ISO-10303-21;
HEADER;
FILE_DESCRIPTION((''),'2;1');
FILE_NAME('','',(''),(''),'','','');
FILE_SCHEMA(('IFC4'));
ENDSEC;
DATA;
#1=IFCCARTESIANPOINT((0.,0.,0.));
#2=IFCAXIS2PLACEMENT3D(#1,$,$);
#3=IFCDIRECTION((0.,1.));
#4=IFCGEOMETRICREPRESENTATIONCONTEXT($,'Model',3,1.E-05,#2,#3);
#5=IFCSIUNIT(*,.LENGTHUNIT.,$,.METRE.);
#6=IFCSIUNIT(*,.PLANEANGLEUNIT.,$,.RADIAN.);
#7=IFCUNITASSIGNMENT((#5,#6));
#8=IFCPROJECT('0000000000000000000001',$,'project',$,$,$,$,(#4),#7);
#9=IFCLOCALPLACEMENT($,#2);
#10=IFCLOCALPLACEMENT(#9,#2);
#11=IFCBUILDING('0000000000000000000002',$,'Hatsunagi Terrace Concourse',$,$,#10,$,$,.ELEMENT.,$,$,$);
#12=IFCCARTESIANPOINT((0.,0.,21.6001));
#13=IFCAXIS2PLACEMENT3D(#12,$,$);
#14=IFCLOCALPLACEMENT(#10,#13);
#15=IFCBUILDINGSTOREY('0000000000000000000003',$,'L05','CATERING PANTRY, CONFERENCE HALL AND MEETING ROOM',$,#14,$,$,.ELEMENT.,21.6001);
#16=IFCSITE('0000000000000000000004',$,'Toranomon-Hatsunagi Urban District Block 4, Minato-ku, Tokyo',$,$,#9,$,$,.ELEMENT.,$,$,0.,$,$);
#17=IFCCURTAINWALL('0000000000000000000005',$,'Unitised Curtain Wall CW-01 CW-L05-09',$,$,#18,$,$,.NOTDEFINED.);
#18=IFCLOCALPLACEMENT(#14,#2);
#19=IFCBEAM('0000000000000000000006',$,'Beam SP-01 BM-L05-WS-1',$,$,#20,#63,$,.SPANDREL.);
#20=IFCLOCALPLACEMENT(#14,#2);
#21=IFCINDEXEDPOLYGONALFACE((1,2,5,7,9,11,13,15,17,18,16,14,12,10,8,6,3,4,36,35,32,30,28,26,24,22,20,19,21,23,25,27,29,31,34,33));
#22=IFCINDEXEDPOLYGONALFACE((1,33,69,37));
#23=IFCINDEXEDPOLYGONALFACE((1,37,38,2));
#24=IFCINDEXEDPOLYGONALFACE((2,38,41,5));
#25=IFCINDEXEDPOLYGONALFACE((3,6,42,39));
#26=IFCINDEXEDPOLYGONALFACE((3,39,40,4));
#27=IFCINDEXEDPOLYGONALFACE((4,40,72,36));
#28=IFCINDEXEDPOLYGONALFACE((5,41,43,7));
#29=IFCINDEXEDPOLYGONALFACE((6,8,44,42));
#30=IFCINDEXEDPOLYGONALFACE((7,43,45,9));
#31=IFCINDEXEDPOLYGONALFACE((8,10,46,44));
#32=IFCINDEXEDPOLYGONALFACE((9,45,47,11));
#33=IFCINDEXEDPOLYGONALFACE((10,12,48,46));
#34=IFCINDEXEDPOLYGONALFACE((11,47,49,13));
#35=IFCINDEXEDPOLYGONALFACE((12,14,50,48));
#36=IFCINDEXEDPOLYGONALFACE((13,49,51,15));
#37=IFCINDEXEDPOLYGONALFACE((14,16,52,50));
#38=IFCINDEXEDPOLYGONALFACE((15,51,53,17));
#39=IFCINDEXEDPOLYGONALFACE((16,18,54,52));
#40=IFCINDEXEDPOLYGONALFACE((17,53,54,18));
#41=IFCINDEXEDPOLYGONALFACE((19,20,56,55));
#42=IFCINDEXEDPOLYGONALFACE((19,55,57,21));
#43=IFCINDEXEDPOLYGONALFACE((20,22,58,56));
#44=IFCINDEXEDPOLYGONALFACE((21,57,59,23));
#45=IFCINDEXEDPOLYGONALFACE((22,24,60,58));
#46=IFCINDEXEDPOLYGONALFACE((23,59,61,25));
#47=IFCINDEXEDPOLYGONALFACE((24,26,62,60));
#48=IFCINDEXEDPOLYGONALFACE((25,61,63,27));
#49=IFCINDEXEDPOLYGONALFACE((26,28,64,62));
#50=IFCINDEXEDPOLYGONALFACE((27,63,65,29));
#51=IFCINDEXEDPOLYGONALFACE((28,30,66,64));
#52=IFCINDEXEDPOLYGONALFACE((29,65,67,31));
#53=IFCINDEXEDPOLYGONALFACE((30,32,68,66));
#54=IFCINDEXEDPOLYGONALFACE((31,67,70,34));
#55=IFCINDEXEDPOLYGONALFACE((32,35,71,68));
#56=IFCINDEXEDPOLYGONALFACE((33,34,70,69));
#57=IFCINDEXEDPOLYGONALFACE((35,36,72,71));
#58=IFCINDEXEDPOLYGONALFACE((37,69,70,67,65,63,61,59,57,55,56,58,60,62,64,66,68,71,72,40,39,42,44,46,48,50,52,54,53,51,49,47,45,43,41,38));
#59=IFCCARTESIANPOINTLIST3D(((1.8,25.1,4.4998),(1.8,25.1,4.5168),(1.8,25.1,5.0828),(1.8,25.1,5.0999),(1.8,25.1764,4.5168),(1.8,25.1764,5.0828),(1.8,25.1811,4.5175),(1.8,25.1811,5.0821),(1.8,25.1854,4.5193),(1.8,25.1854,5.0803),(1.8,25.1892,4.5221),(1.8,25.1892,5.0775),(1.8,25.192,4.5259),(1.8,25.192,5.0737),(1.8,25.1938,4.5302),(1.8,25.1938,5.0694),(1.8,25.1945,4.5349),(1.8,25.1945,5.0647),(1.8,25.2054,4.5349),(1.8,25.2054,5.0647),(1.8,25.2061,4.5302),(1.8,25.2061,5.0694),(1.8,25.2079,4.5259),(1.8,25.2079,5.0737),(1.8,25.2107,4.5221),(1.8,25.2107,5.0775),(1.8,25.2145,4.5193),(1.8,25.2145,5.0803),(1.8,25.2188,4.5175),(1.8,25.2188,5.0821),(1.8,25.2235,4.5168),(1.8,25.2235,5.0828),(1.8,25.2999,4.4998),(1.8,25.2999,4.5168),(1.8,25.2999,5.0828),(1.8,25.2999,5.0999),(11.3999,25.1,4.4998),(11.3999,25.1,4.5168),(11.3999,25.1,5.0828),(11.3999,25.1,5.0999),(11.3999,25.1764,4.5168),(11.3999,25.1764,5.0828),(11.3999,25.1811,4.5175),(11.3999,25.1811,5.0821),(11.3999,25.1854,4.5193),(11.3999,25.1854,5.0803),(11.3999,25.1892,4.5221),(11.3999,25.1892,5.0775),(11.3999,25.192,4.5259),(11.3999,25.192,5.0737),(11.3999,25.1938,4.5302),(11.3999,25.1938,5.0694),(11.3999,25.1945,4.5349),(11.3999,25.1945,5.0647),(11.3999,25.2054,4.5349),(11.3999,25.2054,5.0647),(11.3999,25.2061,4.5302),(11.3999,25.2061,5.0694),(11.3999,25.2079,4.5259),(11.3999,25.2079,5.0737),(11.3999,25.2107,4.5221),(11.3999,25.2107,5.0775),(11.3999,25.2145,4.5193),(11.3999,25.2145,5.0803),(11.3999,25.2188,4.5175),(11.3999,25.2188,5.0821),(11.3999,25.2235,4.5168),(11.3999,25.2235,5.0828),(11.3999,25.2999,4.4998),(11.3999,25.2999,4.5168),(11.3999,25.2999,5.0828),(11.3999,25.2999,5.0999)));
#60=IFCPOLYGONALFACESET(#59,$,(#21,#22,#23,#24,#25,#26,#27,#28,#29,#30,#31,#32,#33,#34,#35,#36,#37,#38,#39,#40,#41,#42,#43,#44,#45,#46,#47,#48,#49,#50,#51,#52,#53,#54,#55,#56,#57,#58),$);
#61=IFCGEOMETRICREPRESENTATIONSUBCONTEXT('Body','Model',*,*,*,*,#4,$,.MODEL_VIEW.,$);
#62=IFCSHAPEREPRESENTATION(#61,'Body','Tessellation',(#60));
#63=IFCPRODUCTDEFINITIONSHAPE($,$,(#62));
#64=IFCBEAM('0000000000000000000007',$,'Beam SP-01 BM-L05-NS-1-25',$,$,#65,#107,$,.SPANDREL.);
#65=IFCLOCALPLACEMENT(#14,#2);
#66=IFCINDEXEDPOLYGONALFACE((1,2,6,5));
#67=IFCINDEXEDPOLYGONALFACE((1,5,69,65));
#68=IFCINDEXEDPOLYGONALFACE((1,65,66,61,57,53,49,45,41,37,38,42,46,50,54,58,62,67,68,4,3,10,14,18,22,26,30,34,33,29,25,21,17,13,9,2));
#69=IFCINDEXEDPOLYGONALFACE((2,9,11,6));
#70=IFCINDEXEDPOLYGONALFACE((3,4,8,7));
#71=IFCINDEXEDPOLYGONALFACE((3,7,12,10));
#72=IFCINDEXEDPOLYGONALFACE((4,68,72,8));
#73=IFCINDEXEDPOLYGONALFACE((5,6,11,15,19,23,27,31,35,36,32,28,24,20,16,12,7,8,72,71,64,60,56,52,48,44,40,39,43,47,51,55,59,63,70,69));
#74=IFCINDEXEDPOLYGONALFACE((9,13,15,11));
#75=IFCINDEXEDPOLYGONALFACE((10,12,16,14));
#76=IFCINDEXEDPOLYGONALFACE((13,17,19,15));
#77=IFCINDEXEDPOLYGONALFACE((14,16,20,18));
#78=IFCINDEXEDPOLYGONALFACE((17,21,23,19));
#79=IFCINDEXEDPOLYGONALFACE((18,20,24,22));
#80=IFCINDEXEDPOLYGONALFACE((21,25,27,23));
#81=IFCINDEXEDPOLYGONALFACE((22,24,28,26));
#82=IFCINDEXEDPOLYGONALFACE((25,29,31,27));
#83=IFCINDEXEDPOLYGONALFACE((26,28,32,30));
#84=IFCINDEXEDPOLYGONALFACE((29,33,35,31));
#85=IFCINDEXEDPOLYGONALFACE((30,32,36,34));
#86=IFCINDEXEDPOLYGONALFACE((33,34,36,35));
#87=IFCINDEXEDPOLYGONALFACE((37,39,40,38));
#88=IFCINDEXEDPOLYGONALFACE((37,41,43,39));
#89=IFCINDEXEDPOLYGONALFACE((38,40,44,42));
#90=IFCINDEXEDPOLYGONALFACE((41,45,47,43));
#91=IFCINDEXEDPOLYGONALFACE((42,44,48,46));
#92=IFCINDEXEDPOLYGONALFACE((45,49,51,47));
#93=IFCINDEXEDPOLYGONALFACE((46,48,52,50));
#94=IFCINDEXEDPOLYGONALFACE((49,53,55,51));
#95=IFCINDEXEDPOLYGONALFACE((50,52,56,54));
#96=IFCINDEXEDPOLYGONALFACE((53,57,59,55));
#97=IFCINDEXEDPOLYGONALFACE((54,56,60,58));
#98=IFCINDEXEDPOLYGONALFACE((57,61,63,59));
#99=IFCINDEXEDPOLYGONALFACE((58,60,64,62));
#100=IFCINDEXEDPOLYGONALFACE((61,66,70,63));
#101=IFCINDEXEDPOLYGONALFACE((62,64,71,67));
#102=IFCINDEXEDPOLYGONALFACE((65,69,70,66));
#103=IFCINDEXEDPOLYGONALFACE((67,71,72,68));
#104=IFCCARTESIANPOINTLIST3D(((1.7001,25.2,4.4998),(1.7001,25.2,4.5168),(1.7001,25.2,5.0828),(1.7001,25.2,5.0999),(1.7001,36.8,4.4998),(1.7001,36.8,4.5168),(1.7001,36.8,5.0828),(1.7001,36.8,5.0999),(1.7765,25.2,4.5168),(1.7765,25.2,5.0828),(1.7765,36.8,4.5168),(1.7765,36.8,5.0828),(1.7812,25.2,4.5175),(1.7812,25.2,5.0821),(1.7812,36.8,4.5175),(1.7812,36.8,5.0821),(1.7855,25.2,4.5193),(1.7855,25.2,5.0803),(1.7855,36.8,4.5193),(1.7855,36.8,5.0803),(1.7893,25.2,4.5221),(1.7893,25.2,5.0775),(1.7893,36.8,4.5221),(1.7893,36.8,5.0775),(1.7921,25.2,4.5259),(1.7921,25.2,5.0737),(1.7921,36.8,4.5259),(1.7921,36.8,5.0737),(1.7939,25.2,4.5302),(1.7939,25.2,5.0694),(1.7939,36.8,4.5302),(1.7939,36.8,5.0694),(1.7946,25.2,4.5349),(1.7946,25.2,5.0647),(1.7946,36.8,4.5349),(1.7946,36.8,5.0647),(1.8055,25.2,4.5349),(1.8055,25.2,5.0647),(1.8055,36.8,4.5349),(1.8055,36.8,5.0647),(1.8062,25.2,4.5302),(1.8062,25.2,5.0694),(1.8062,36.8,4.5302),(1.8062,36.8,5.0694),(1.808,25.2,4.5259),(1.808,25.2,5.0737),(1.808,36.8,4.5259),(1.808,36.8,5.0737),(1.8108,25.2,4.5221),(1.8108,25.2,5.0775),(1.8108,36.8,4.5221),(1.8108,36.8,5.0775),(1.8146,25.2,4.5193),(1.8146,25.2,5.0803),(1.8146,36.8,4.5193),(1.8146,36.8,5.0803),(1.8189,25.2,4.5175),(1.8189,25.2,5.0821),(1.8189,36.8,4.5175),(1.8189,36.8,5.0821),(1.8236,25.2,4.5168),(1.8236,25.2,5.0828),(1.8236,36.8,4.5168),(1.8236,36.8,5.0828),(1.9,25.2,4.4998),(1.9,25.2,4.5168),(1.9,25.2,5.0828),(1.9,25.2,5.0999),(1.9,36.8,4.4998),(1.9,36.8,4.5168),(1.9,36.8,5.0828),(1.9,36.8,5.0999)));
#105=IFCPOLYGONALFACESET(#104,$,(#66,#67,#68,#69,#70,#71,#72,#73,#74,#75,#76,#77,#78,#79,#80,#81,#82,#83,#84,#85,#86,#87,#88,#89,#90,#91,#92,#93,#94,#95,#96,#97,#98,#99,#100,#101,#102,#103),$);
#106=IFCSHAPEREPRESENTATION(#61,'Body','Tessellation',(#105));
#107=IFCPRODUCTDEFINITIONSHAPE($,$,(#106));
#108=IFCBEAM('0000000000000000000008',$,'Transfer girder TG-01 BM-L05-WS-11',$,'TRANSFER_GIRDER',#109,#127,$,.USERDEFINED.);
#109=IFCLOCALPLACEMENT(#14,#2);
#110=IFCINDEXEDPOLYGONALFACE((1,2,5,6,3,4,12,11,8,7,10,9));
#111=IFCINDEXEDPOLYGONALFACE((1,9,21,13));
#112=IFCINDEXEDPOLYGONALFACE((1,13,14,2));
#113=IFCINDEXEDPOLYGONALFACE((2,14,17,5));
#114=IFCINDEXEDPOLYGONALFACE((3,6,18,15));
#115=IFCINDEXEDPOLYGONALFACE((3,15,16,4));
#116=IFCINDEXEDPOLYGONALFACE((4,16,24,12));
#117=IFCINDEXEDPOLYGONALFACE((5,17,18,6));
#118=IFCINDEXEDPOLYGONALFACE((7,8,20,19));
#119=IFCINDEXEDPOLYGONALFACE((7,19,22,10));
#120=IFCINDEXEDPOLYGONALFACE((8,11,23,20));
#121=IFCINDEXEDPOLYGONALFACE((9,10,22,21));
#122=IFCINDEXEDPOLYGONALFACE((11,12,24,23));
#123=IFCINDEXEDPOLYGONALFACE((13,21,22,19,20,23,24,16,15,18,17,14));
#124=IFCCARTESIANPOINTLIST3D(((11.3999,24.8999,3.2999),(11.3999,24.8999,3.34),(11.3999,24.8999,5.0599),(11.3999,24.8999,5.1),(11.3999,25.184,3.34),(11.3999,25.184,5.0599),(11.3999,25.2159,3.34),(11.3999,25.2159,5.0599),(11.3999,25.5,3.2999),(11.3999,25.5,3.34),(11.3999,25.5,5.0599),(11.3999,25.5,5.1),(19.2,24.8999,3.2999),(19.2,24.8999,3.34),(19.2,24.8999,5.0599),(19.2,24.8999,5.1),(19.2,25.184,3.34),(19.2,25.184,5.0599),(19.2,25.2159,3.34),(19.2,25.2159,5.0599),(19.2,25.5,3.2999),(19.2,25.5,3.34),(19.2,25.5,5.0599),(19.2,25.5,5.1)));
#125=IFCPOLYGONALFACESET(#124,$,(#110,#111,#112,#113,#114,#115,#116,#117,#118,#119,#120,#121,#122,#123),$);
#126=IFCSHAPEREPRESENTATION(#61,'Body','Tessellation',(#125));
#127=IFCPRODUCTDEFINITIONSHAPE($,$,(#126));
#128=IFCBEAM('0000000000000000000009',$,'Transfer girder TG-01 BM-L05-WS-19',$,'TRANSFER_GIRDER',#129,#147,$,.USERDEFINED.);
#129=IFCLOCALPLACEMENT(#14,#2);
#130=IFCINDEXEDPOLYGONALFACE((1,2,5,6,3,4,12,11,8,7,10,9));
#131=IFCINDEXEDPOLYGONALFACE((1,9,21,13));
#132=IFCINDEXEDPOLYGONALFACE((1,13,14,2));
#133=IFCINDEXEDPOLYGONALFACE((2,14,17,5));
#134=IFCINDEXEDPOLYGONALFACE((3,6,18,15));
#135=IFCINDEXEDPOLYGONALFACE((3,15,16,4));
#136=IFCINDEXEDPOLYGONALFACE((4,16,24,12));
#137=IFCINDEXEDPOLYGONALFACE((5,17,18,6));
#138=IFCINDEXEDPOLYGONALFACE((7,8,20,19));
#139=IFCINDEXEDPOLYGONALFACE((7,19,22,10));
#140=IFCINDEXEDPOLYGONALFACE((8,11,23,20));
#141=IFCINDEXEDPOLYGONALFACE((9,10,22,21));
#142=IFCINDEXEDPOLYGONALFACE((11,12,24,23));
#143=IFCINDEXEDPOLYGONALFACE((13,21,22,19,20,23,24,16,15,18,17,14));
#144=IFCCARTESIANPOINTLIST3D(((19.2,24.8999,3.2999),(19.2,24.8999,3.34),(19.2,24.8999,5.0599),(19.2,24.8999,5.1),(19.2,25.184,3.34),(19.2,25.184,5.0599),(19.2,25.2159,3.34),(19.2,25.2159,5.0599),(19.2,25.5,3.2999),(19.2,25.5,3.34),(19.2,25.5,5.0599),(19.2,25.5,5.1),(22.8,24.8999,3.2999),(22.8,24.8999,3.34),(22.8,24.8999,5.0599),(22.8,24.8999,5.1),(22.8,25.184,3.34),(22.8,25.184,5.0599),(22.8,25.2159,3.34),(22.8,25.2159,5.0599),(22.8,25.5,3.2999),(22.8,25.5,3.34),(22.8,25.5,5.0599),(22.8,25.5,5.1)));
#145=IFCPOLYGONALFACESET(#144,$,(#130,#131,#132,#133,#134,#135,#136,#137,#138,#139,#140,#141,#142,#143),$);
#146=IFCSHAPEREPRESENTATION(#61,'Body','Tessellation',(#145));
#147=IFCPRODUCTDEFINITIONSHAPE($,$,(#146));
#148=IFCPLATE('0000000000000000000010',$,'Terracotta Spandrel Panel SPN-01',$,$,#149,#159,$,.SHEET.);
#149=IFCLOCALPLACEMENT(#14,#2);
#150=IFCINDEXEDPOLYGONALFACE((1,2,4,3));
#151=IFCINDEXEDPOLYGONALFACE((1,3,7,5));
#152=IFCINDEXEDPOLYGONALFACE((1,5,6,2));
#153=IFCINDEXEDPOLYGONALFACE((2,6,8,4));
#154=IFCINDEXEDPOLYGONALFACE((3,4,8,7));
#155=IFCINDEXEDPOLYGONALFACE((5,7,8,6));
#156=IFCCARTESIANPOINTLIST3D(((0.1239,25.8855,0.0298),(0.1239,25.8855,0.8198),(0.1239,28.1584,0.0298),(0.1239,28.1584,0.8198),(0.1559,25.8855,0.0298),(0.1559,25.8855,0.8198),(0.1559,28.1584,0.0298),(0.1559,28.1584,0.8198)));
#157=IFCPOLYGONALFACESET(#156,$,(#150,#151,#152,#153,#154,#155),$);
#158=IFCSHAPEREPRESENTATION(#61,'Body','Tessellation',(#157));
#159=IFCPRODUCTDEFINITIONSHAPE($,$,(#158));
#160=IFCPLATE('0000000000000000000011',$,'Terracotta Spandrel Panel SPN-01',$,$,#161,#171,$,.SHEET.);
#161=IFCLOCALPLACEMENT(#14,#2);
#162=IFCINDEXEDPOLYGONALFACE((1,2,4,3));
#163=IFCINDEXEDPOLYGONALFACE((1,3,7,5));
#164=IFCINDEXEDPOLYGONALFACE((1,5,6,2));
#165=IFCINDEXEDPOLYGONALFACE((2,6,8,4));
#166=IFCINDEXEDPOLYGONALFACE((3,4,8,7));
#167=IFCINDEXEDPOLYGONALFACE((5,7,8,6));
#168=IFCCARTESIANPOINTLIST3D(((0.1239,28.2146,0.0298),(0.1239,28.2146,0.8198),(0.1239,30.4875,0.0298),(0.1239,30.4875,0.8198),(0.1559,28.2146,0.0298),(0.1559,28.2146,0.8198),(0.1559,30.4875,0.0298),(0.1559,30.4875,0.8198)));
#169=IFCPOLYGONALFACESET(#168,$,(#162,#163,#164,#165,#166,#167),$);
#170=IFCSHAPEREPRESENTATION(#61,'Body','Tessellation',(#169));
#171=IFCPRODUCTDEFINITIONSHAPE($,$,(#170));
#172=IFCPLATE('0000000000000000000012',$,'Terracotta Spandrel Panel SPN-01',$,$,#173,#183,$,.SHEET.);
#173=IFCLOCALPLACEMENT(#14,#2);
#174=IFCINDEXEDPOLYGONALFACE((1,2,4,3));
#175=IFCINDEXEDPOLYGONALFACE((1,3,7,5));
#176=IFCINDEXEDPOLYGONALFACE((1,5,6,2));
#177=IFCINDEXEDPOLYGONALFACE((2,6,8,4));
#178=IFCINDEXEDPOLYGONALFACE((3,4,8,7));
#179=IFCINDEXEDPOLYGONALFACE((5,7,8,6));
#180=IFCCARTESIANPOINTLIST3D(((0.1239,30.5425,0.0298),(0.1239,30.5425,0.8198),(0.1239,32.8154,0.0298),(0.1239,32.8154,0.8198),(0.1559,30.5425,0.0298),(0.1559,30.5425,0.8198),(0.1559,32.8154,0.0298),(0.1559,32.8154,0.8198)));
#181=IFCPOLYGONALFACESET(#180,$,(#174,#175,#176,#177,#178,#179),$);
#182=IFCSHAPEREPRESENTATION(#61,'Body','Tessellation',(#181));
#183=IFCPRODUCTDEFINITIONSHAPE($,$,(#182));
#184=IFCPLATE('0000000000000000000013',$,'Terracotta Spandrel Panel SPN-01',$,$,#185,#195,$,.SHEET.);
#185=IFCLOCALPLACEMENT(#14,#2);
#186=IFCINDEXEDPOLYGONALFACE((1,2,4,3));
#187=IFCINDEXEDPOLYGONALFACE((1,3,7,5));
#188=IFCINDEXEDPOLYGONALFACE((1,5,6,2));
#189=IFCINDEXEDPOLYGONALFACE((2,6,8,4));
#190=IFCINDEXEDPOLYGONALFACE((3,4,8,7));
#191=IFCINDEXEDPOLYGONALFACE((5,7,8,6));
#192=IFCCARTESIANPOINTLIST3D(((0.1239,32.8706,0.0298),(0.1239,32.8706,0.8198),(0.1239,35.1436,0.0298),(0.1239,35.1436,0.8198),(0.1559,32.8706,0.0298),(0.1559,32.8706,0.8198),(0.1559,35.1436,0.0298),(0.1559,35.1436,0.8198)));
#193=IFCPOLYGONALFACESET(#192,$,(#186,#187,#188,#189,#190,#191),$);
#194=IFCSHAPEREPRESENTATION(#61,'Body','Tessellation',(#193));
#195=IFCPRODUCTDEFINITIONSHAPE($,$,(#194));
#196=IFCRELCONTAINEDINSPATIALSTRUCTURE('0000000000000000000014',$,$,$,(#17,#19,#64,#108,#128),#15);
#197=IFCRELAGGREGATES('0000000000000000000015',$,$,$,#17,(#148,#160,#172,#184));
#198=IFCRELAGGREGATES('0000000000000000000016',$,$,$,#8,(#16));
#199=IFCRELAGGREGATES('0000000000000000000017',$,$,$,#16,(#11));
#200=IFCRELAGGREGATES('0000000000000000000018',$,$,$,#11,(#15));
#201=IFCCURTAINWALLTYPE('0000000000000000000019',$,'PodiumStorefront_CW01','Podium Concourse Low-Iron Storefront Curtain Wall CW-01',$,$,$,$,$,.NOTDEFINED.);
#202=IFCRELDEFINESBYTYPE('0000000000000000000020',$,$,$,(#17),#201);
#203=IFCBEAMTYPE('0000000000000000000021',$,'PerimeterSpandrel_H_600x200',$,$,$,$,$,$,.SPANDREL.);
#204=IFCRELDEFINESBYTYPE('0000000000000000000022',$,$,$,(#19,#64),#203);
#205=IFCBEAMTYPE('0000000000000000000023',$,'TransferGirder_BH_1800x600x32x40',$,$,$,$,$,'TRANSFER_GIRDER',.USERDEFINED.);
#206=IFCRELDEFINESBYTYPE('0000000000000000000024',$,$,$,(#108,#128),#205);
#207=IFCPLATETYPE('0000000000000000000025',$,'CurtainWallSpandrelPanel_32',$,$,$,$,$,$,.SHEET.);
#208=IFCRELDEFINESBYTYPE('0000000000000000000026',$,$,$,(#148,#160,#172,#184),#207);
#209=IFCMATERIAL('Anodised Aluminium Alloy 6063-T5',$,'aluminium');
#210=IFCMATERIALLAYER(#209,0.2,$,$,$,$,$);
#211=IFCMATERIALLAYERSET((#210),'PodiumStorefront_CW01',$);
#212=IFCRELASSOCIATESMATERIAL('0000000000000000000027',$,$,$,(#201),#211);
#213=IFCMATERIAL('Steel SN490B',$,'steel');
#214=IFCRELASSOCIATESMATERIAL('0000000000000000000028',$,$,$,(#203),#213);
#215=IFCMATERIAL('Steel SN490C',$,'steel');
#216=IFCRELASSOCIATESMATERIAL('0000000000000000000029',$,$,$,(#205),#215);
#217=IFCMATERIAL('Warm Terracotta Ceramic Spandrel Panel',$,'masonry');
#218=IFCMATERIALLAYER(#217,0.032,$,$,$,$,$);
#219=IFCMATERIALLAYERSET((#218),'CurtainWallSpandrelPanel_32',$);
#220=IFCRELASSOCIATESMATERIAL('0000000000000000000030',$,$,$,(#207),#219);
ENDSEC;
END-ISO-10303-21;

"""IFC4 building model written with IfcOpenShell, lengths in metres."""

from ifc_helpers import new_model, si_unit, direction, frame, origin, origin_2d, place, context, subcontext, project, spatial, rectangle, i_section, extrude, material, layer, layer_set, material_profile, profile_set, type_object, element, aggregate, save


model = new_model("IFC4")

# Units and contexts
model_context = context("Model", 3, precision=1e-05, world=origin(), true_north=direction((0.0, 1.0)))
body_context = subcontext(model_context, "Body", "Model", "MODEL_VIEW")
ifc_project = project(units=[si_unit("LENGTHUNIT", "METRE"), si_unit("PLANEANGLEUNIT", "RADIAN")], contexts=[model_context])

# Site, building, storey
site_placement = place(None, origin())
site = spatial("IfcSite", under=ifc_project, at=site_placement, Name="Toranomon-Hatsunagi Urban District Block 4, Minato-ku, Tokyo", CompositionType="ELEMENT", RefElevation=0.0)
building_placement = place(site_placement, origin())
building = spatial("IfcBuilding", under=site, at=building_placement, Name="Hatsunagi Terrace Concourse", CompositionType="ELEMENT")
storey_placement = place(building_placement, frame((0.0, 0.0, 21.6001)))
storey = spatial("IfcBuildingStorey", under=building, at=storey_placement, Name="L05", Description="CATERING PANTRY, CONFERENCE HALL AND MEETING ROOM", CompositionType="ELEMENT", Elevation=21.6001)

# Curtain wall
ifc_material_1 = material(Name="Anodised Aluminium Alloy 6063-T5", Category="aluminium")
ifc_layer_1 = layer(ifc_material_1, 0.2)
ifc_layer_set_1 = layer_set([ifc_layer_1], Name="PodiumStorefront_CW01")
curtain_wall_type = type_object("IfcCurtainWallType", Name="PodiumStorefront_CW01", Description="Podium Concourse Low-Iron Storefront Curtain Wall CW-01", PredefinedType="NOTDEFINED", material=ifc_layer_set_1)
curtain_wall_placement = place(storey_placement, origin())
curtain_wall = element("IfcCurtainWall", 1, at=curtain_wall_placement, inside=storey, type_object=curtain_wall_type, Name="Unitised Curtain Wall CW-01 CW-L05-09", PredefinedType="NOTDEFINED")

# Beams
ifc_material_2 = material(Name="Steel SN490B", Category="steel")
ifc_material_profile_1 = material_profile(ifc_material_2, i_section(OverallWidth=0.2, OverallDepth=0.6001, WebThickness=0.011, FlangeThickness=0.0171, FilletRadius=0.0181, at=origin_2d()), Name="H-600x200x11x17")
ifc_profile_set_1 = profile_set([ifc_material_profile_1], Name="Steel SN490B")
beam_type_1 = type_object("IfcBeamType", Name="PerimeterSpandrel_H_600x200", PredefinedType="SPANDREL", material=ifc_profile_set_1)
beam_1_placement = place(storey_placement, frame((1.8, 25.2, 4.7998), z_axis=(1.0, 0.0, 0.0), x_axis=(0.0, 1.0, 0.0)))
element("IfcBeam", 2, at=beam_1_placement, inside=storey, type_object=beam_type_1, Name="Beam SP-01 BM-L05-WS-1", PredefinedType="SPANDREL", context=body_context, shape_type="SweptSolid", body=[
    extrude(i_section(OverallWidth=0.2, OverallDepth=0.6001, WebThickness=0.011, FlangeThickness=0.0171, FilletRadius=0.0181, at=origin_2d()), origin(), (0.0, 0.0, 1.0), 9.5999),
])
beam_2_placement = place(storey_placement, frame((1.8, 25.2, 4.7998), z_axis=(0.0, 1.0, 0.0), x_axis=(-1.0, 0.0, 0.0)))
element("IfcBeam", 3, at=beam_2_placement, inside=storey, type_object=beam_type_1, Name="Beam SP-01 BM-L05-NS-1-25", PredefinedType="SPANDREL", context=body_context, shape_type="SweptSolid", body=[
    extrude(i_section(OverallWidth=0.2, OverallDepth=0.6001, WebThickness=0.011, FlangeThickness=0.0171, FilletRadius=0.0181, at=origin_2d()), origin(), (0.0, 0.0, 1.0), 11.6001),
])
ifc_material_3 = material(Name="Steel SN490C", Category="steel")
ifc_material_profile_2 = material_profile(ifc_material_3, i_section(OverallWidth=0.6001, OverallDepth=1.8, WebThickness=0.032, FlangeThickness=0.04, at=origin_2d()), Name="BH-1800x600x32x40")
ifc_profile_set_2 = profile_set([ifc_material_profile_2], Name="Steel SN490C")
beam_type_2 = type_object("IfcBeamType", Name="TransferGirder_BH_1800x600x32x40", ElementType="TRANSFER_GIRDER", PredefinedType="USERDEFINED", material=ifc_profile_set_2)
beam_3_placement = place(storey_placement, frame((11.3999, 25.2, 4.2), z_axis=(1.0, 0.0, 0.0), x_axis=(0.0, 1.0, 0.0)))
element("IfcBeam", 4, at=beam_3_placement, inside=storey, type_object=beam_type_2, Name="Transfer girder TG-01 BM-L05-WS-11", ObjectType="TRANSFER_GIRDER", PredefinedType="USERDEFINED", context=body_context, shape_type="SweptSolid", body=[
    extrude(i_section(OverallWidth=0.6001, OverallDepth=1.8, WebThickness=0.032, FlangeThickness=0.04, at=origin_2d()), origin(), (0.0, 0.0, 1.0), 7.8),
])
beam_4_placement = place(storey_placement, frame((19.2, 25.2, 4.2), z_axis=(1.0, 0.0, 0.0), x_axis=(0.0, 1.0, 0.0)))
element("IfcBeam", 5, at=beam_4_placement, inside=storey, type_object=beam_type_2, Name="Transfer girder TG-01 BM-L05-WS-19", ObjectType="TRANSFER_GIRDER", PredefinedType="USERDEFINED", context=body_context, shape_type="SweptSolid", body=[
    extrude(i_section(OverallWidth=0.6001, OverallDepth=1.8, WebThickness=0.032, FlangeThickness=0.04, at=origin_2d()), origin(), (0.0, 0.0, 1.0), 3.6001),
])

# Plates
ifc_material_4 = material(Name="Warm Terracotta Ceramic Spandrel Panel", Category="masonry")
ifc_layer_2 = layer(ifc_material_4, 0.032)
ifc_layer_set_2 = layer_set([ifc_layer_2], Name="CurtainWallSpandrelPanel_32")
plate_type_1 = type_object("IfcPlateType", Name="CurtainWallSpandrelPanel_32", PredefinedType="SHEET", material=ifc_layer_set_2)
plate_1_placement = place(storey_placement, frame((0.1399, 27.022, 0.0298), z_axis=(0.0, 0.0, 1.0), x_axis=(0.0, 1.0, 0.0)))
plate_1 = element("IfcPlate", 6, at=plate_1_placement, type_object=plate_type_1, Name="Terracotta Spandrel Panel SPN-01", PredefinedType="SHEET", context=body_context, shape_type="SweptSolid", body=[
    extrude(rectangle(XDim=2.2729, YDim=0.032, at=origin_2d()), origin(), (0.0, 0.0, 1.0), 0.79),
])
plate_2_placement = place(storey_placement, frame((0.1399, 29.3511, 0.0298), z_axis=(0.0, 0.0, 1.0), x_axis=(0.0, 1.0, 0.0)))
plate_2 = element("IfcPlate", 7, at=plate_2_placement, type_object=plate_type_1, Name="Terracotta Spandrel Panel SPN-01", PredefinedType="SHEET", context=body_context, shape_type="SweptSolid", body=[
    extrude(rectangle(XDim=2.2729, YDim=0.032, at=origin_2d()), origin(), (0.0, 0.0, 1.0), 0.79),
])
plate_3_placement = place(storey_placement, frame((0.1399, 31.679, 0.0298), z_axis=(0.0, 0.0, 1.0), x_axis=(0.0, 1.0, 0.0)))
plate_3 = element("IfcPlate", 8, at=plate_3_placement, type_object=plate_type_1, Name="Terracotta Spandrel Panel SPN-01", PredefinedType="SHEET", context=body_context, shape_type="SweptSolid", body=[
    extrude(rectangle(XDim=2.2729, YDim=0.032, at=origin_2d()), origin(), (0.0, 0.0, 1.0), 0.79),
])
plate_4_placement = place(storey_placement, frame((0.1399, 34.0071, 0.0298), z_axis=(0.0, 0.0, 1.0), x_axis=(0.0, 1.0, 0.0)))
plate_4 = element("IfcPlate", 9, at=plate_4_placement, type_object=plate_type_1, Name="Terracotta Spandrel Panel SPN-01", PredefinedType="SHEET", context=body_context, shape_type="SweptSolid", body=[
    extrude(rectangle(XDim=2.2729, YDim=0.032, at=origin_2d()), origin(), (0.0, 0.0, 1.0), 0.79),
])
aggregate(curtain_wall, [plate_1, plate_2, plate_3, plate_4])

save(model, "model.ifc")
